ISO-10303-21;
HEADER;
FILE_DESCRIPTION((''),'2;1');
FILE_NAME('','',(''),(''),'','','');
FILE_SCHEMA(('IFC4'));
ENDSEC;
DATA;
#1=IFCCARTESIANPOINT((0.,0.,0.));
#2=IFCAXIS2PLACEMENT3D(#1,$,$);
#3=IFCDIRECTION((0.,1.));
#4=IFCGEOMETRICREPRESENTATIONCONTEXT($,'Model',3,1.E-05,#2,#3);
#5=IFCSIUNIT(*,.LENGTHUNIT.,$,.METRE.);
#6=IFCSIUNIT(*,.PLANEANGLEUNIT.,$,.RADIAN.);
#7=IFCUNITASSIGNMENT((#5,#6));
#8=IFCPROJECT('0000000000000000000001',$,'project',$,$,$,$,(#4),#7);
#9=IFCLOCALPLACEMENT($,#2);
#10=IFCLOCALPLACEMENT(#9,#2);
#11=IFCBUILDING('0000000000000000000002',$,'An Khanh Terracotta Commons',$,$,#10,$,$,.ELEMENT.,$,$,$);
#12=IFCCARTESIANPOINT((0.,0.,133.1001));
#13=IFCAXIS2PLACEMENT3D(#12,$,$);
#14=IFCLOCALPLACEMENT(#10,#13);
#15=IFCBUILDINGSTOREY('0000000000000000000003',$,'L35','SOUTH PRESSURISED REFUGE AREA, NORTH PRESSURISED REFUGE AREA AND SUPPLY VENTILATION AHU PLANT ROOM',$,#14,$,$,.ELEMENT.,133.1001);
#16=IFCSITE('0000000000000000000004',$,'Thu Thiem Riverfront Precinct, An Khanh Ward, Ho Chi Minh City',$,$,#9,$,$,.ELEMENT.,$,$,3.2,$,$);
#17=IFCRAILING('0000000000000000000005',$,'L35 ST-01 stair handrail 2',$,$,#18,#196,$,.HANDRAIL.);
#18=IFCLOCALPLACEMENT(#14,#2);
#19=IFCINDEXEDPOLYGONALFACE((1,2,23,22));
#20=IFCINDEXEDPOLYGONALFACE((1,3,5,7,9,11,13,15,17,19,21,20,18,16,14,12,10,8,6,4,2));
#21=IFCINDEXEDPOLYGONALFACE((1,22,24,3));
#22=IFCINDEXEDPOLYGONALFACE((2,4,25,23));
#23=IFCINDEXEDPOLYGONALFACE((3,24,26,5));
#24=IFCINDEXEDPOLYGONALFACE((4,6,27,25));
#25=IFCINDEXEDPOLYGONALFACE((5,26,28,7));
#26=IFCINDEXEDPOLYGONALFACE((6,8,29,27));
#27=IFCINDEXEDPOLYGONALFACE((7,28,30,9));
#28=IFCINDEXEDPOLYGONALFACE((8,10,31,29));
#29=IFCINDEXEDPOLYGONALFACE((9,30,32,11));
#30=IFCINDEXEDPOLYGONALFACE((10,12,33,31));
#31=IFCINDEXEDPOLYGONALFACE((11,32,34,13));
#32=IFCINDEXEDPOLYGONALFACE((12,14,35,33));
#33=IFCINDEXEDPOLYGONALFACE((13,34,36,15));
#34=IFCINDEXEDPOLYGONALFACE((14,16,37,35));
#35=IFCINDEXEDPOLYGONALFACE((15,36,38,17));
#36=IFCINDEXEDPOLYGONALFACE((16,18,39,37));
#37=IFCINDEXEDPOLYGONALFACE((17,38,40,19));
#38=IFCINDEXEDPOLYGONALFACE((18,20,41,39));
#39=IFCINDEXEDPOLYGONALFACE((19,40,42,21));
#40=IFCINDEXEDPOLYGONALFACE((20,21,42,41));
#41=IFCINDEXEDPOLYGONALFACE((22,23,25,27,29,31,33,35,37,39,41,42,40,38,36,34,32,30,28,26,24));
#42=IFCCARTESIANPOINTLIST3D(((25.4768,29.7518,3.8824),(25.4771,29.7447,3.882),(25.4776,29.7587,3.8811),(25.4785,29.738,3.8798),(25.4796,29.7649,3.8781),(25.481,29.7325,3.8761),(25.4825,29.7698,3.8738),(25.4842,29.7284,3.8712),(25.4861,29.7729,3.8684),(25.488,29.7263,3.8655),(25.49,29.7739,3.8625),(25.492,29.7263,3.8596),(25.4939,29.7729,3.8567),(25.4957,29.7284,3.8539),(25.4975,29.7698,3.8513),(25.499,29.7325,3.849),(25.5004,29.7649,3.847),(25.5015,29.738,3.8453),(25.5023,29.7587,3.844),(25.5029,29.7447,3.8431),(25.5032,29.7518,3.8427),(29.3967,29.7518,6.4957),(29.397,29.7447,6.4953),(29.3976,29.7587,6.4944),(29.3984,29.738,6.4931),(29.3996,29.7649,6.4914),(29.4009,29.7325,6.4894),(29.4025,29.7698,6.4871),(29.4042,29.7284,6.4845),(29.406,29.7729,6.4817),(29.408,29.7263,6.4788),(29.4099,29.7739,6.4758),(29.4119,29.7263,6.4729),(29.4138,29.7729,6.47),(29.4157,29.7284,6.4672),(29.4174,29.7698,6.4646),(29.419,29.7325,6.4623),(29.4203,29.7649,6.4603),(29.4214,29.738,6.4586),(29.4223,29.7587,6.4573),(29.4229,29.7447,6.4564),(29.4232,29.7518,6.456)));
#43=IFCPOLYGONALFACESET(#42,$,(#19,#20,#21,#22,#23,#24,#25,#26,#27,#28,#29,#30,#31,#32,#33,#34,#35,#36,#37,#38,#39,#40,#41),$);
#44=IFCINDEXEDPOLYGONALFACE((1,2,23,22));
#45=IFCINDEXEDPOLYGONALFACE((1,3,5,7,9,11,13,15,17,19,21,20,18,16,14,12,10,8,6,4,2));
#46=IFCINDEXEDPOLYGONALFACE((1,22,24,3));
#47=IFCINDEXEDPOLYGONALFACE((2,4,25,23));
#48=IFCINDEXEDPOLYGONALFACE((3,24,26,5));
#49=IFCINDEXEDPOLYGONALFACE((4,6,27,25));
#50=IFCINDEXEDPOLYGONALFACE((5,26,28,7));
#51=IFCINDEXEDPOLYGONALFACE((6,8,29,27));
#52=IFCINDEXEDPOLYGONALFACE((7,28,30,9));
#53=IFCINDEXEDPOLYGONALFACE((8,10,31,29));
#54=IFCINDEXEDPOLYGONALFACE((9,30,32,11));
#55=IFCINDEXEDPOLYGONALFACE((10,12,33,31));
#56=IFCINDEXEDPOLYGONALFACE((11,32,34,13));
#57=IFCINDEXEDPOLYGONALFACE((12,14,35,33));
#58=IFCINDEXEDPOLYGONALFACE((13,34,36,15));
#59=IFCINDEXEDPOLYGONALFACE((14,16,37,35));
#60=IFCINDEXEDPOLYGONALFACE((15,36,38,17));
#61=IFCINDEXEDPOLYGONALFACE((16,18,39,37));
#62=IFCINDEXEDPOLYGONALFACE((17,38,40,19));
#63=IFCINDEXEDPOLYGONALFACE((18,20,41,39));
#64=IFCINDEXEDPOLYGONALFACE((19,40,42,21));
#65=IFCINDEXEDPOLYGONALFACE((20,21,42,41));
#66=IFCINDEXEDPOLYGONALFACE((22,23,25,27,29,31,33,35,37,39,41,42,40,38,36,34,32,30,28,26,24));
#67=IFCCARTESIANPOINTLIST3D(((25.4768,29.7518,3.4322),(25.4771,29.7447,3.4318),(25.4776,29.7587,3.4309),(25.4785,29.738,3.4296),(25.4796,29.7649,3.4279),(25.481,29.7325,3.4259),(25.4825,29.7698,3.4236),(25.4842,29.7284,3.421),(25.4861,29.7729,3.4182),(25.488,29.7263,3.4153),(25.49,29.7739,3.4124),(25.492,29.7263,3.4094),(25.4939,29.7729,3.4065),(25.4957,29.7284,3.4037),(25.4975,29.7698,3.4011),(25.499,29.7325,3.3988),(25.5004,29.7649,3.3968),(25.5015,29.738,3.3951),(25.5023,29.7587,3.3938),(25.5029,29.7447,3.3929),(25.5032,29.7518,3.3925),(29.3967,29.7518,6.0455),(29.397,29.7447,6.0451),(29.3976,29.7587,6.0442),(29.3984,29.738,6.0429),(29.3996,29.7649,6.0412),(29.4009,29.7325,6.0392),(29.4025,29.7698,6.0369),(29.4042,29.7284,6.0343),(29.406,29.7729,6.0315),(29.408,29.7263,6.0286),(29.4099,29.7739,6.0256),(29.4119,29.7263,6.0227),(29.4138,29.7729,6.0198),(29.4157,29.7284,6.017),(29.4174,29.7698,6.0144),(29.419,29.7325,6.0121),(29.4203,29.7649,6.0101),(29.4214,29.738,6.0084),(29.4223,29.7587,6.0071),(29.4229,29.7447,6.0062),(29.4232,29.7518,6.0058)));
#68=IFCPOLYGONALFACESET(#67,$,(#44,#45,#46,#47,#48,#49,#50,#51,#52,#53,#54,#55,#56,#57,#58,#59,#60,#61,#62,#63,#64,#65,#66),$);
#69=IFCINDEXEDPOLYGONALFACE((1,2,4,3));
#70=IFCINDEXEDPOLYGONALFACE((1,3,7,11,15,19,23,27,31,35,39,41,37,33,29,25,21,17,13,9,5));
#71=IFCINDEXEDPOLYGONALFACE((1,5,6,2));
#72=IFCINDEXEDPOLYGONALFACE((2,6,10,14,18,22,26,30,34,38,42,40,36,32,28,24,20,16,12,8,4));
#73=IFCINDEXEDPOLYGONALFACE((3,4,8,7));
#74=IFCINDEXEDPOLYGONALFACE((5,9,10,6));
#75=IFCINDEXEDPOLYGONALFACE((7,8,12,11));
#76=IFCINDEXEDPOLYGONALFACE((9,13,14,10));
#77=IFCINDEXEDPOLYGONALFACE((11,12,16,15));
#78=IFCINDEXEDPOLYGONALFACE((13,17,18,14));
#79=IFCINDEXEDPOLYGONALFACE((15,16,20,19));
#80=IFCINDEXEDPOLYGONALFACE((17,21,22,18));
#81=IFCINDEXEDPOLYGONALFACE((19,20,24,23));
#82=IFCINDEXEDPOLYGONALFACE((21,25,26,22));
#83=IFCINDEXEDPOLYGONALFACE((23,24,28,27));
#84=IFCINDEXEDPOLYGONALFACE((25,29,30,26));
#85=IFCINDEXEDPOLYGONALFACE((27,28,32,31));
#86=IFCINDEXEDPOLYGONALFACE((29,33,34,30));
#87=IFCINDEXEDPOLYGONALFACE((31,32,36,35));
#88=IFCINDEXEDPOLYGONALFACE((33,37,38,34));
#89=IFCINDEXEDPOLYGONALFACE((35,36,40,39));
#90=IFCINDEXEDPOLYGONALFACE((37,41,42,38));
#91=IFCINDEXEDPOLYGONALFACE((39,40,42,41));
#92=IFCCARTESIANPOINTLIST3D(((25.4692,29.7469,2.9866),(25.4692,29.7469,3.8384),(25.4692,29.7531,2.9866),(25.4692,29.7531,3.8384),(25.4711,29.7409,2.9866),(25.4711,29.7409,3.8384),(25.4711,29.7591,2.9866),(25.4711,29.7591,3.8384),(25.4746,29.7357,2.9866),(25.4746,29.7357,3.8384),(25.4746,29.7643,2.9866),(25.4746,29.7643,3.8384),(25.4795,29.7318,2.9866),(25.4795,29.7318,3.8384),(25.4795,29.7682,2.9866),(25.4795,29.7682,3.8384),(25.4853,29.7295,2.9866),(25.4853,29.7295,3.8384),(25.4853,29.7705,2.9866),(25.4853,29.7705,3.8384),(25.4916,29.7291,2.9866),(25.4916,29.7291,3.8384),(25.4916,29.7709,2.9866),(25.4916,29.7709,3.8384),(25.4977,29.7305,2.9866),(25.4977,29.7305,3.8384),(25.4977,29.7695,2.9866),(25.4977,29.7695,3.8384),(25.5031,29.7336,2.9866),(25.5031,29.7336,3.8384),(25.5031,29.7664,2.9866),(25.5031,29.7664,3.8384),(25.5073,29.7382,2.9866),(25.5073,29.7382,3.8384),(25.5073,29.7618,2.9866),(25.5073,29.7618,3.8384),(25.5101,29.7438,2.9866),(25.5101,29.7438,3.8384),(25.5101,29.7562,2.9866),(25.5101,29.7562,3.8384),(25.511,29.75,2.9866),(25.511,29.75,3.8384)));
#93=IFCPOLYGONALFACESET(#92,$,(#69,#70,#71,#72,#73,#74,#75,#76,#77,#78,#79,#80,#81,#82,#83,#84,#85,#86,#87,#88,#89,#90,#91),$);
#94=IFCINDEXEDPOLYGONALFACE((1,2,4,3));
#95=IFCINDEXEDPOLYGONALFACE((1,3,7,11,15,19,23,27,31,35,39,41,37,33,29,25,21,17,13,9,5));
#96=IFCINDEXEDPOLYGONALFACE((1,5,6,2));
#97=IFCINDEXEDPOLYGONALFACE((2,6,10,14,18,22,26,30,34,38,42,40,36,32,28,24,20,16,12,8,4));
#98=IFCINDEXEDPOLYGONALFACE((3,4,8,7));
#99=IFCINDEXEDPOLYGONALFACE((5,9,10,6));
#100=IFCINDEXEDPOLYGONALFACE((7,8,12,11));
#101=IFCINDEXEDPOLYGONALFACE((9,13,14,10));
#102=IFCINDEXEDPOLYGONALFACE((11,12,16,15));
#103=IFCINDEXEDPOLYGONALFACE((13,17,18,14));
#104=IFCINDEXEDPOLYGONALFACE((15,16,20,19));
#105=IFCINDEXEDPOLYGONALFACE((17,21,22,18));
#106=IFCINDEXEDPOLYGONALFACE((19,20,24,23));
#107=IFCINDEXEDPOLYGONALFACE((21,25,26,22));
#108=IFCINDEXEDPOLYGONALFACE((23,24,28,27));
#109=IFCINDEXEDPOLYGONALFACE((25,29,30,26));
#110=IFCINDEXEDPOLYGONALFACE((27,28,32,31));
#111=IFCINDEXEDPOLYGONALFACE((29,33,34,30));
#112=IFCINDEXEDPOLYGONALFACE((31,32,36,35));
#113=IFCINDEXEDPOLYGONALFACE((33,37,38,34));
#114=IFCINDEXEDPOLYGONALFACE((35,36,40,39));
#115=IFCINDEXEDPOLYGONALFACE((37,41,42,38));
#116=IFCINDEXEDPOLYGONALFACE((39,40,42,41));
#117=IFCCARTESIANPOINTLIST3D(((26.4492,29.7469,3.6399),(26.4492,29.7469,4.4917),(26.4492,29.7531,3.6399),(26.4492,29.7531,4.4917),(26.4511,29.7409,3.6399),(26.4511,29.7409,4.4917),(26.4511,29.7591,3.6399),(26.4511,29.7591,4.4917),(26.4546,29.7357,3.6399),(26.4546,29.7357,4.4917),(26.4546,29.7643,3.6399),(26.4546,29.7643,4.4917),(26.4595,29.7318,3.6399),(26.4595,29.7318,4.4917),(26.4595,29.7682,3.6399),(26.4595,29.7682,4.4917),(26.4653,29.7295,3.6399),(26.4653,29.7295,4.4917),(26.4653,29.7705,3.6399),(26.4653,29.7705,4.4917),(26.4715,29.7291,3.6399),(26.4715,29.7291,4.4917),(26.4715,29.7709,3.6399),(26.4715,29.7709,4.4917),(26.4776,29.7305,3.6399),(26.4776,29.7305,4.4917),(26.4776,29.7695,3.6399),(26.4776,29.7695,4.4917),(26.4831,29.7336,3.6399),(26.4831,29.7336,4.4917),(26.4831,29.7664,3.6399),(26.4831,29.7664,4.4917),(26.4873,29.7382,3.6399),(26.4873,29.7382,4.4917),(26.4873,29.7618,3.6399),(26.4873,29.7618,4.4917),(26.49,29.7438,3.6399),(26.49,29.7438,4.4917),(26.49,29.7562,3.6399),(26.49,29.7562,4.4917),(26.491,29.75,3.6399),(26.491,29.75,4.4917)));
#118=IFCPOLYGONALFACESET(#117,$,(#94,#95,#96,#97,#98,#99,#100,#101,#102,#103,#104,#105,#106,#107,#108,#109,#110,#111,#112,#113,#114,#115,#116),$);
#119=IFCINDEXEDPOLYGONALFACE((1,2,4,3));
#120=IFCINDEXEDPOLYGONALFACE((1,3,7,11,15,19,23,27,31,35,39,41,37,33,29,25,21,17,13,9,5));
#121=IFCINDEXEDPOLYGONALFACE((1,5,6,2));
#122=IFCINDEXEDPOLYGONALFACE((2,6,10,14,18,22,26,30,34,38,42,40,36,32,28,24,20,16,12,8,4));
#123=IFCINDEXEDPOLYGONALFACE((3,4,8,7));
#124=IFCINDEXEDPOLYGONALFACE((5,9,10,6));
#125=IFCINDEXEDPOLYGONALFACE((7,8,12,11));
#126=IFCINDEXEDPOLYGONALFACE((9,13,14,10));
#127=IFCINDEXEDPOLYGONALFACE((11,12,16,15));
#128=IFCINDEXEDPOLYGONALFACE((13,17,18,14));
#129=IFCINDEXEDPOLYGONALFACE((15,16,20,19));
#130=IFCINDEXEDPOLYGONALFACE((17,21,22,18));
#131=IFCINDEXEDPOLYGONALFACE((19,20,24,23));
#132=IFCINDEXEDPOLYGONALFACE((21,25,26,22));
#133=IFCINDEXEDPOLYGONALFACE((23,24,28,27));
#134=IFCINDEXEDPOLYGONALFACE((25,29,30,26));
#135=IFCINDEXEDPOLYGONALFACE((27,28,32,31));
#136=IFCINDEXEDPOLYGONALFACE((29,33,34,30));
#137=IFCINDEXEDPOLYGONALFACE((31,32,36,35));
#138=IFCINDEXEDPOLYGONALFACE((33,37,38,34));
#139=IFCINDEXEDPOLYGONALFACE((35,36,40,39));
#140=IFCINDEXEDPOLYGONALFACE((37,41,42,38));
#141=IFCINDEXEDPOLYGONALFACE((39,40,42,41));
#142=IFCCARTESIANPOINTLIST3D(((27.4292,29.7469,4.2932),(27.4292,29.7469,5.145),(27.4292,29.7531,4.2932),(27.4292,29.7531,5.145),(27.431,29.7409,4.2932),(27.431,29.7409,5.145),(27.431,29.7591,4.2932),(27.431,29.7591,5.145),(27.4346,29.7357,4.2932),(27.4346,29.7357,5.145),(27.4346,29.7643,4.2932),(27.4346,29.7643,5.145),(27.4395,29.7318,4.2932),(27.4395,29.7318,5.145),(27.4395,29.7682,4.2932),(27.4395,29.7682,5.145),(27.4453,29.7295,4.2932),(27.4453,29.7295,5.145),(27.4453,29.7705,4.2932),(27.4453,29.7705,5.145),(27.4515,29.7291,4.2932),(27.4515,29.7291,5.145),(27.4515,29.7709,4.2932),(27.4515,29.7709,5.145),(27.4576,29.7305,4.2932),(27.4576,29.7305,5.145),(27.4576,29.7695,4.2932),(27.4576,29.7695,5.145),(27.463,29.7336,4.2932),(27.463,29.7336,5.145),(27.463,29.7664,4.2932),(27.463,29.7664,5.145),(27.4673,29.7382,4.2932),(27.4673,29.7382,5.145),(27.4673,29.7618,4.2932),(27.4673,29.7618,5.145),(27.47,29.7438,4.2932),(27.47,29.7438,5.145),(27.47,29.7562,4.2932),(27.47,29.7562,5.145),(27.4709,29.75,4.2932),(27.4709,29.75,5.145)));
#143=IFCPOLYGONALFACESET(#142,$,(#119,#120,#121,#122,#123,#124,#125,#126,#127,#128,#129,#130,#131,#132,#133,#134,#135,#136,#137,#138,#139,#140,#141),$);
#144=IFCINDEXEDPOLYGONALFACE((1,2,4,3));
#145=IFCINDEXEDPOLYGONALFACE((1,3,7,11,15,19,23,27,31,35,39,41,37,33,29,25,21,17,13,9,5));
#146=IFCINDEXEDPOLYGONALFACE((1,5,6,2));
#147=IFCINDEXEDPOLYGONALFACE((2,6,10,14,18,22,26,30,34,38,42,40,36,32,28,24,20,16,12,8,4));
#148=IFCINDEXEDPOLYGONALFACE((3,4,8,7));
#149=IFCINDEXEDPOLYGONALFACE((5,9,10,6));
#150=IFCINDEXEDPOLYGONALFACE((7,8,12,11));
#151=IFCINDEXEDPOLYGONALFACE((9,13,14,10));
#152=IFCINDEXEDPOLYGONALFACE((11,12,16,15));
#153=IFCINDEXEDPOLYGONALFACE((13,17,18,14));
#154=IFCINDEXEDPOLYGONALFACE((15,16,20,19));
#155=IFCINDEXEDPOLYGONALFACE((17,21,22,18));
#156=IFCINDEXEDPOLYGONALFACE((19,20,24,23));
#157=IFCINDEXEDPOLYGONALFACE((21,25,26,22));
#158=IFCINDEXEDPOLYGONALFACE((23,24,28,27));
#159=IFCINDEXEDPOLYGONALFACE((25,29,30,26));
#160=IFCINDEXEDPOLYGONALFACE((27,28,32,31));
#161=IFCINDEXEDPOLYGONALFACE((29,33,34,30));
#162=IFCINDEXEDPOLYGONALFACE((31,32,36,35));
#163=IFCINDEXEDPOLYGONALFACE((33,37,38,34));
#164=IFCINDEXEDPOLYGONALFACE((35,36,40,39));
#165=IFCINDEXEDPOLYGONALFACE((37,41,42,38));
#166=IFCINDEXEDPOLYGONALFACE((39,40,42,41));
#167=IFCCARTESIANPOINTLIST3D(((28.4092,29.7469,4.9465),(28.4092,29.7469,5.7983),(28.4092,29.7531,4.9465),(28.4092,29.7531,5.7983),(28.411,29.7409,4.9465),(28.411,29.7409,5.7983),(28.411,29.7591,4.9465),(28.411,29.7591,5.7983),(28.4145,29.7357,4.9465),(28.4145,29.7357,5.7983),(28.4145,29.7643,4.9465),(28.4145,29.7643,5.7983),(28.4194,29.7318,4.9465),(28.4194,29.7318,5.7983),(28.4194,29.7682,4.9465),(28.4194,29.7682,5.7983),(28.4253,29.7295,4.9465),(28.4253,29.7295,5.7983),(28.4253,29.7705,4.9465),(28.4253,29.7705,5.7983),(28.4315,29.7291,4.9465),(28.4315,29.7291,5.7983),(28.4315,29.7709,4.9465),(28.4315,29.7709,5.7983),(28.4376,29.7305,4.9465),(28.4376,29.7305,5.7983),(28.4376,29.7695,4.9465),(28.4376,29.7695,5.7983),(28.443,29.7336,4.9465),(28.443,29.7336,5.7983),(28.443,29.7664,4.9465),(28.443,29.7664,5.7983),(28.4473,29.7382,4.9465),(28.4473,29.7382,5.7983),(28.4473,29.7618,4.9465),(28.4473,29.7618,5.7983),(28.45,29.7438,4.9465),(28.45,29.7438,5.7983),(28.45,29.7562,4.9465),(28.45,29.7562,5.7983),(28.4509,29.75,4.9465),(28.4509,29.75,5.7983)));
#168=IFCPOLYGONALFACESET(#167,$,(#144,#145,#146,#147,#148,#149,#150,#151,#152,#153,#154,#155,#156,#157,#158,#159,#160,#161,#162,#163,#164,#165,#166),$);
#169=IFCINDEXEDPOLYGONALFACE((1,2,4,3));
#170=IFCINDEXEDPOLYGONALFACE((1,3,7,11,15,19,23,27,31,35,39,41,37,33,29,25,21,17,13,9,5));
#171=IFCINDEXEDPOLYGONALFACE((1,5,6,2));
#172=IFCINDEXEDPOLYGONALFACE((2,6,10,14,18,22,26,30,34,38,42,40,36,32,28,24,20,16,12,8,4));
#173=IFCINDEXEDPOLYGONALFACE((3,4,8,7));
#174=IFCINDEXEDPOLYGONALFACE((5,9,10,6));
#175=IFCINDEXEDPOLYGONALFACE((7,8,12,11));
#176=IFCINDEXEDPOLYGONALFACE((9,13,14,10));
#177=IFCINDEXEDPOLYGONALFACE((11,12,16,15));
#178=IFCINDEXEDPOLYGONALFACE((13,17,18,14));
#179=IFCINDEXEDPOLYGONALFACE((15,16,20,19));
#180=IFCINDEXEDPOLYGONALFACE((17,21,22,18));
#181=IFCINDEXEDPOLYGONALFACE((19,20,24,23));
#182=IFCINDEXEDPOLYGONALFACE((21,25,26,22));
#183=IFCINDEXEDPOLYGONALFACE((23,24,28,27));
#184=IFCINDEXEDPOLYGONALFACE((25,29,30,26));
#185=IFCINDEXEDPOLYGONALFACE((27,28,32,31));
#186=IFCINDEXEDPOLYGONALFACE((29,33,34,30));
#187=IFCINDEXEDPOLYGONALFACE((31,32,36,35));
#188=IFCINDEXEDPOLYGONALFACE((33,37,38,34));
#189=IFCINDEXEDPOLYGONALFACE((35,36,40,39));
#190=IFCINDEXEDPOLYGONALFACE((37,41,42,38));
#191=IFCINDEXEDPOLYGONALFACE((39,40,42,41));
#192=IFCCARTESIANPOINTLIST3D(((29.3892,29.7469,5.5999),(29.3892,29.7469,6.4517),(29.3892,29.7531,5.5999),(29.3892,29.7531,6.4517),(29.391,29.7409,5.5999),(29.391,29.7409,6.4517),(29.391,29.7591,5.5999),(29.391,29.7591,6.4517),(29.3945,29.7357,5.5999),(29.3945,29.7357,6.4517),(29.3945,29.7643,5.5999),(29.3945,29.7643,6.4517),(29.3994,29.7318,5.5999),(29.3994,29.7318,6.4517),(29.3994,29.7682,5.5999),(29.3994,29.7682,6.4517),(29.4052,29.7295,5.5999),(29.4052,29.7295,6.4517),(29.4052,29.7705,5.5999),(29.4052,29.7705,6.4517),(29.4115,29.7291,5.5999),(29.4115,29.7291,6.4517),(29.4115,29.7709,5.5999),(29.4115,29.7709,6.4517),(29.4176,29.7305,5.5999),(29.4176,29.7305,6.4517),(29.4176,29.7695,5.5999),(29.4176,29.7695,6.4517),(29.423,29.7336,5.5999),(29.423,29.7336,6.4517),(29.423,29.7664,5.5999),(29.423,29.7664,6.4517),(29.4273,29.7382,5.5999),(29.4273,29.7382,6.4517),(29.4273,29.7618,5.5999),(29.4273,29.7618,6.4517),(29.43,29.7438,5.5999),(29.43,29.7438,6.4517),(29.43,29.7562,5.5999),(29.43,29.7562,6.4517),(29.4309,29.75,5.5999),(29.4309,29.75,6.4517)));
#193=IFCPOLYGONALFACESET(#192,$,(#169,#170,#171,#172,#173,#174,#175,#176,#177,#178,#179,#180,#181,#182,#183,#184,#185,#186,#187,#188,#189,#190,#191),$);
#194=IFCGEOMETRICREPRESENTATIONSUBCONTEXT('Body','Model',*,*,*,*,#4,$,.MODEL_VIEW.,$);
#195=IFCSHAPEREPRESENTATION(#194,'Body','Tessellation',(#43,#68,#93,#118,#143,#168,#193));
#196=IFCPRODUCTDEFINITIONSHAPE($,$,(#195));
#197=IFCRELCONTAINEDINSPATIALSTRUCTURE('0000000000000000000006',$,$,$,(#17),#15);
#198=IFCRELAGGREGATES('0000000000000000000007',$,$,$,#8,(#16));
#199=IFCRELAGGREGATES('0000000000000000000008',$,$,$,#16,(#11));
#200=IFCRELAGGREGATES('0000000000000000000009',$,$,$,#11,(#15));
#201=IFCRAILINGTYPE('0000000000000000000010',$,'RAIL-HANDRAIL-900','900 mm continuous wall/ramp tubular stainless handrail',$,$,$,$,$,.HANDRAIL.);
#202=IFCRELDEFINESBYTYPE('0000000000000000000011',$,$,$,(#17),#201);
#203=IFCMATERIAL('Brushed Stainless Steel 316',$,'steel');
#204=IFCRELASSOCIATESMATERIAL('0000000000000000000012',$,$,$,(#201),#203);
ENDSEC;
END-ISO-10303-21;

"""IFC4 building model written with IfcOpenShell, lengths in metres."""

from ifc_helpers import new_model, si_unit, direction, frame, origin, origin_2d, place, context, subcontext, project, spatial, circle, extrude, material, type_object, element, save


model = new_model("IFC4")

# Units and contexts
model_context = context("Model", 3, precision=1e-05, world=origin(), true_north=direction((0.0, 1.0)))
body_context = subcontext(model_context, "Body", "Model", "MODEL_VIEW")
ifc_project = project(units=[si_unit("LENGTHUNIT", "METRE"), si_unit("PLANEANGLEUNIT", "RADIAN")], contexts=[model_context])

# Site, building, storey
site_placement = place(None, origin())
site = spatial("IfcSite", under=ifc_project, at=site_placement, Name="Thu Thiem Riverfront Precinct, An Khanh Ward, Ho Chi Minh City", CompositionType="ELEMENT", RefElevation=3.2)
building_placement = place(site_placement, origin())
building = spatial("IfcBuilding", under=site, at=building_placement, Name="An Khanh Terracotta Commons", CompositionType="ELEMENT")
storey_placement = place(building_placement, frame((0.0, 0.0, 133.1001)))
storey = spatial("IfcBuildingStorey", under=building, at=storey_placement, Name="L35", Description="SOUTH PRESSURISED REFUGE AREA, NORTH PRESSURISED REFUGE AREA AND SUPPLY VENTILATION AHU PLANT ROOM", CompositionType="ELEMENT", Elevation=133.1001)

# Railing
ifc_material_1 = material(Name="Brushed Stainless Steel 316", Category="steel")
railing_type_1 = type_object("IfcRailingType", Name="RAIL-HANDRAIL-900", Description="900 mm continuous wall/ramp tubular stainless handrail", PredefinedType="HANDRAIL", material=ifc_material_1)
railing_1_placement = place(storey_placement, frame((25.49, 29.75, 2.9866)))
element("IfcRailing", 1, at=railing_1_placement, inside=storey, type_object=railing_type_1, Name="L35 ST-01 stair handrail 2", PredefinedType="HANDRAIL", context=body_context, shape_type="SweptSolid", body=[
    extrude(circle(Radius=0.0239, at=origin_2d()), frame((0.0, 0.0, 0.876), z_axis=(0.83205, 0.0, 0.5547), x_axis=(0.0, 1.0, 0.0)), (0.0, 0.0, 1.0), 4.7112),
    extrude(circle(Radius=0.0239, at=origin_2d()), frame((0.0, 0.0, 0.4258), z_axis=(0.83205, 0.0, 0.5547), x_axis=(0.0, 1.0, 0.0)), (0.0, 0.0, 1.0), 4.7112),
    extrude(circle(Radius=0.021, at=origin_2d()), origin(), (0.0, 0.0, 1.0), 0.8518),
    extrude(circle(Radius=0.021, at=origin_2d()), frame((0.98, 0.0, 0.6533)), (0.0, 0.0, 1.0), 0.8518),
    extrude(circle(Radius=0.021, at=origin_2d()), frame((1.96, 0.0, 1.3066)), (0.0, 0.0, 1.0), 0.8518),
    extrude(circle(Radius=0.021, at=origin_2d()), frame((2.9399, 0.0, 1.96)), (0.0, 0.0, 1.0), 0.8518),
    extrude(circle(Radius=0.021, at=origin_2d()), frame((3.9199, 0.0, 2.6133)), (0.0, 0.0, 1.0), 0.8518),
])

save(model, "model.ifc")
